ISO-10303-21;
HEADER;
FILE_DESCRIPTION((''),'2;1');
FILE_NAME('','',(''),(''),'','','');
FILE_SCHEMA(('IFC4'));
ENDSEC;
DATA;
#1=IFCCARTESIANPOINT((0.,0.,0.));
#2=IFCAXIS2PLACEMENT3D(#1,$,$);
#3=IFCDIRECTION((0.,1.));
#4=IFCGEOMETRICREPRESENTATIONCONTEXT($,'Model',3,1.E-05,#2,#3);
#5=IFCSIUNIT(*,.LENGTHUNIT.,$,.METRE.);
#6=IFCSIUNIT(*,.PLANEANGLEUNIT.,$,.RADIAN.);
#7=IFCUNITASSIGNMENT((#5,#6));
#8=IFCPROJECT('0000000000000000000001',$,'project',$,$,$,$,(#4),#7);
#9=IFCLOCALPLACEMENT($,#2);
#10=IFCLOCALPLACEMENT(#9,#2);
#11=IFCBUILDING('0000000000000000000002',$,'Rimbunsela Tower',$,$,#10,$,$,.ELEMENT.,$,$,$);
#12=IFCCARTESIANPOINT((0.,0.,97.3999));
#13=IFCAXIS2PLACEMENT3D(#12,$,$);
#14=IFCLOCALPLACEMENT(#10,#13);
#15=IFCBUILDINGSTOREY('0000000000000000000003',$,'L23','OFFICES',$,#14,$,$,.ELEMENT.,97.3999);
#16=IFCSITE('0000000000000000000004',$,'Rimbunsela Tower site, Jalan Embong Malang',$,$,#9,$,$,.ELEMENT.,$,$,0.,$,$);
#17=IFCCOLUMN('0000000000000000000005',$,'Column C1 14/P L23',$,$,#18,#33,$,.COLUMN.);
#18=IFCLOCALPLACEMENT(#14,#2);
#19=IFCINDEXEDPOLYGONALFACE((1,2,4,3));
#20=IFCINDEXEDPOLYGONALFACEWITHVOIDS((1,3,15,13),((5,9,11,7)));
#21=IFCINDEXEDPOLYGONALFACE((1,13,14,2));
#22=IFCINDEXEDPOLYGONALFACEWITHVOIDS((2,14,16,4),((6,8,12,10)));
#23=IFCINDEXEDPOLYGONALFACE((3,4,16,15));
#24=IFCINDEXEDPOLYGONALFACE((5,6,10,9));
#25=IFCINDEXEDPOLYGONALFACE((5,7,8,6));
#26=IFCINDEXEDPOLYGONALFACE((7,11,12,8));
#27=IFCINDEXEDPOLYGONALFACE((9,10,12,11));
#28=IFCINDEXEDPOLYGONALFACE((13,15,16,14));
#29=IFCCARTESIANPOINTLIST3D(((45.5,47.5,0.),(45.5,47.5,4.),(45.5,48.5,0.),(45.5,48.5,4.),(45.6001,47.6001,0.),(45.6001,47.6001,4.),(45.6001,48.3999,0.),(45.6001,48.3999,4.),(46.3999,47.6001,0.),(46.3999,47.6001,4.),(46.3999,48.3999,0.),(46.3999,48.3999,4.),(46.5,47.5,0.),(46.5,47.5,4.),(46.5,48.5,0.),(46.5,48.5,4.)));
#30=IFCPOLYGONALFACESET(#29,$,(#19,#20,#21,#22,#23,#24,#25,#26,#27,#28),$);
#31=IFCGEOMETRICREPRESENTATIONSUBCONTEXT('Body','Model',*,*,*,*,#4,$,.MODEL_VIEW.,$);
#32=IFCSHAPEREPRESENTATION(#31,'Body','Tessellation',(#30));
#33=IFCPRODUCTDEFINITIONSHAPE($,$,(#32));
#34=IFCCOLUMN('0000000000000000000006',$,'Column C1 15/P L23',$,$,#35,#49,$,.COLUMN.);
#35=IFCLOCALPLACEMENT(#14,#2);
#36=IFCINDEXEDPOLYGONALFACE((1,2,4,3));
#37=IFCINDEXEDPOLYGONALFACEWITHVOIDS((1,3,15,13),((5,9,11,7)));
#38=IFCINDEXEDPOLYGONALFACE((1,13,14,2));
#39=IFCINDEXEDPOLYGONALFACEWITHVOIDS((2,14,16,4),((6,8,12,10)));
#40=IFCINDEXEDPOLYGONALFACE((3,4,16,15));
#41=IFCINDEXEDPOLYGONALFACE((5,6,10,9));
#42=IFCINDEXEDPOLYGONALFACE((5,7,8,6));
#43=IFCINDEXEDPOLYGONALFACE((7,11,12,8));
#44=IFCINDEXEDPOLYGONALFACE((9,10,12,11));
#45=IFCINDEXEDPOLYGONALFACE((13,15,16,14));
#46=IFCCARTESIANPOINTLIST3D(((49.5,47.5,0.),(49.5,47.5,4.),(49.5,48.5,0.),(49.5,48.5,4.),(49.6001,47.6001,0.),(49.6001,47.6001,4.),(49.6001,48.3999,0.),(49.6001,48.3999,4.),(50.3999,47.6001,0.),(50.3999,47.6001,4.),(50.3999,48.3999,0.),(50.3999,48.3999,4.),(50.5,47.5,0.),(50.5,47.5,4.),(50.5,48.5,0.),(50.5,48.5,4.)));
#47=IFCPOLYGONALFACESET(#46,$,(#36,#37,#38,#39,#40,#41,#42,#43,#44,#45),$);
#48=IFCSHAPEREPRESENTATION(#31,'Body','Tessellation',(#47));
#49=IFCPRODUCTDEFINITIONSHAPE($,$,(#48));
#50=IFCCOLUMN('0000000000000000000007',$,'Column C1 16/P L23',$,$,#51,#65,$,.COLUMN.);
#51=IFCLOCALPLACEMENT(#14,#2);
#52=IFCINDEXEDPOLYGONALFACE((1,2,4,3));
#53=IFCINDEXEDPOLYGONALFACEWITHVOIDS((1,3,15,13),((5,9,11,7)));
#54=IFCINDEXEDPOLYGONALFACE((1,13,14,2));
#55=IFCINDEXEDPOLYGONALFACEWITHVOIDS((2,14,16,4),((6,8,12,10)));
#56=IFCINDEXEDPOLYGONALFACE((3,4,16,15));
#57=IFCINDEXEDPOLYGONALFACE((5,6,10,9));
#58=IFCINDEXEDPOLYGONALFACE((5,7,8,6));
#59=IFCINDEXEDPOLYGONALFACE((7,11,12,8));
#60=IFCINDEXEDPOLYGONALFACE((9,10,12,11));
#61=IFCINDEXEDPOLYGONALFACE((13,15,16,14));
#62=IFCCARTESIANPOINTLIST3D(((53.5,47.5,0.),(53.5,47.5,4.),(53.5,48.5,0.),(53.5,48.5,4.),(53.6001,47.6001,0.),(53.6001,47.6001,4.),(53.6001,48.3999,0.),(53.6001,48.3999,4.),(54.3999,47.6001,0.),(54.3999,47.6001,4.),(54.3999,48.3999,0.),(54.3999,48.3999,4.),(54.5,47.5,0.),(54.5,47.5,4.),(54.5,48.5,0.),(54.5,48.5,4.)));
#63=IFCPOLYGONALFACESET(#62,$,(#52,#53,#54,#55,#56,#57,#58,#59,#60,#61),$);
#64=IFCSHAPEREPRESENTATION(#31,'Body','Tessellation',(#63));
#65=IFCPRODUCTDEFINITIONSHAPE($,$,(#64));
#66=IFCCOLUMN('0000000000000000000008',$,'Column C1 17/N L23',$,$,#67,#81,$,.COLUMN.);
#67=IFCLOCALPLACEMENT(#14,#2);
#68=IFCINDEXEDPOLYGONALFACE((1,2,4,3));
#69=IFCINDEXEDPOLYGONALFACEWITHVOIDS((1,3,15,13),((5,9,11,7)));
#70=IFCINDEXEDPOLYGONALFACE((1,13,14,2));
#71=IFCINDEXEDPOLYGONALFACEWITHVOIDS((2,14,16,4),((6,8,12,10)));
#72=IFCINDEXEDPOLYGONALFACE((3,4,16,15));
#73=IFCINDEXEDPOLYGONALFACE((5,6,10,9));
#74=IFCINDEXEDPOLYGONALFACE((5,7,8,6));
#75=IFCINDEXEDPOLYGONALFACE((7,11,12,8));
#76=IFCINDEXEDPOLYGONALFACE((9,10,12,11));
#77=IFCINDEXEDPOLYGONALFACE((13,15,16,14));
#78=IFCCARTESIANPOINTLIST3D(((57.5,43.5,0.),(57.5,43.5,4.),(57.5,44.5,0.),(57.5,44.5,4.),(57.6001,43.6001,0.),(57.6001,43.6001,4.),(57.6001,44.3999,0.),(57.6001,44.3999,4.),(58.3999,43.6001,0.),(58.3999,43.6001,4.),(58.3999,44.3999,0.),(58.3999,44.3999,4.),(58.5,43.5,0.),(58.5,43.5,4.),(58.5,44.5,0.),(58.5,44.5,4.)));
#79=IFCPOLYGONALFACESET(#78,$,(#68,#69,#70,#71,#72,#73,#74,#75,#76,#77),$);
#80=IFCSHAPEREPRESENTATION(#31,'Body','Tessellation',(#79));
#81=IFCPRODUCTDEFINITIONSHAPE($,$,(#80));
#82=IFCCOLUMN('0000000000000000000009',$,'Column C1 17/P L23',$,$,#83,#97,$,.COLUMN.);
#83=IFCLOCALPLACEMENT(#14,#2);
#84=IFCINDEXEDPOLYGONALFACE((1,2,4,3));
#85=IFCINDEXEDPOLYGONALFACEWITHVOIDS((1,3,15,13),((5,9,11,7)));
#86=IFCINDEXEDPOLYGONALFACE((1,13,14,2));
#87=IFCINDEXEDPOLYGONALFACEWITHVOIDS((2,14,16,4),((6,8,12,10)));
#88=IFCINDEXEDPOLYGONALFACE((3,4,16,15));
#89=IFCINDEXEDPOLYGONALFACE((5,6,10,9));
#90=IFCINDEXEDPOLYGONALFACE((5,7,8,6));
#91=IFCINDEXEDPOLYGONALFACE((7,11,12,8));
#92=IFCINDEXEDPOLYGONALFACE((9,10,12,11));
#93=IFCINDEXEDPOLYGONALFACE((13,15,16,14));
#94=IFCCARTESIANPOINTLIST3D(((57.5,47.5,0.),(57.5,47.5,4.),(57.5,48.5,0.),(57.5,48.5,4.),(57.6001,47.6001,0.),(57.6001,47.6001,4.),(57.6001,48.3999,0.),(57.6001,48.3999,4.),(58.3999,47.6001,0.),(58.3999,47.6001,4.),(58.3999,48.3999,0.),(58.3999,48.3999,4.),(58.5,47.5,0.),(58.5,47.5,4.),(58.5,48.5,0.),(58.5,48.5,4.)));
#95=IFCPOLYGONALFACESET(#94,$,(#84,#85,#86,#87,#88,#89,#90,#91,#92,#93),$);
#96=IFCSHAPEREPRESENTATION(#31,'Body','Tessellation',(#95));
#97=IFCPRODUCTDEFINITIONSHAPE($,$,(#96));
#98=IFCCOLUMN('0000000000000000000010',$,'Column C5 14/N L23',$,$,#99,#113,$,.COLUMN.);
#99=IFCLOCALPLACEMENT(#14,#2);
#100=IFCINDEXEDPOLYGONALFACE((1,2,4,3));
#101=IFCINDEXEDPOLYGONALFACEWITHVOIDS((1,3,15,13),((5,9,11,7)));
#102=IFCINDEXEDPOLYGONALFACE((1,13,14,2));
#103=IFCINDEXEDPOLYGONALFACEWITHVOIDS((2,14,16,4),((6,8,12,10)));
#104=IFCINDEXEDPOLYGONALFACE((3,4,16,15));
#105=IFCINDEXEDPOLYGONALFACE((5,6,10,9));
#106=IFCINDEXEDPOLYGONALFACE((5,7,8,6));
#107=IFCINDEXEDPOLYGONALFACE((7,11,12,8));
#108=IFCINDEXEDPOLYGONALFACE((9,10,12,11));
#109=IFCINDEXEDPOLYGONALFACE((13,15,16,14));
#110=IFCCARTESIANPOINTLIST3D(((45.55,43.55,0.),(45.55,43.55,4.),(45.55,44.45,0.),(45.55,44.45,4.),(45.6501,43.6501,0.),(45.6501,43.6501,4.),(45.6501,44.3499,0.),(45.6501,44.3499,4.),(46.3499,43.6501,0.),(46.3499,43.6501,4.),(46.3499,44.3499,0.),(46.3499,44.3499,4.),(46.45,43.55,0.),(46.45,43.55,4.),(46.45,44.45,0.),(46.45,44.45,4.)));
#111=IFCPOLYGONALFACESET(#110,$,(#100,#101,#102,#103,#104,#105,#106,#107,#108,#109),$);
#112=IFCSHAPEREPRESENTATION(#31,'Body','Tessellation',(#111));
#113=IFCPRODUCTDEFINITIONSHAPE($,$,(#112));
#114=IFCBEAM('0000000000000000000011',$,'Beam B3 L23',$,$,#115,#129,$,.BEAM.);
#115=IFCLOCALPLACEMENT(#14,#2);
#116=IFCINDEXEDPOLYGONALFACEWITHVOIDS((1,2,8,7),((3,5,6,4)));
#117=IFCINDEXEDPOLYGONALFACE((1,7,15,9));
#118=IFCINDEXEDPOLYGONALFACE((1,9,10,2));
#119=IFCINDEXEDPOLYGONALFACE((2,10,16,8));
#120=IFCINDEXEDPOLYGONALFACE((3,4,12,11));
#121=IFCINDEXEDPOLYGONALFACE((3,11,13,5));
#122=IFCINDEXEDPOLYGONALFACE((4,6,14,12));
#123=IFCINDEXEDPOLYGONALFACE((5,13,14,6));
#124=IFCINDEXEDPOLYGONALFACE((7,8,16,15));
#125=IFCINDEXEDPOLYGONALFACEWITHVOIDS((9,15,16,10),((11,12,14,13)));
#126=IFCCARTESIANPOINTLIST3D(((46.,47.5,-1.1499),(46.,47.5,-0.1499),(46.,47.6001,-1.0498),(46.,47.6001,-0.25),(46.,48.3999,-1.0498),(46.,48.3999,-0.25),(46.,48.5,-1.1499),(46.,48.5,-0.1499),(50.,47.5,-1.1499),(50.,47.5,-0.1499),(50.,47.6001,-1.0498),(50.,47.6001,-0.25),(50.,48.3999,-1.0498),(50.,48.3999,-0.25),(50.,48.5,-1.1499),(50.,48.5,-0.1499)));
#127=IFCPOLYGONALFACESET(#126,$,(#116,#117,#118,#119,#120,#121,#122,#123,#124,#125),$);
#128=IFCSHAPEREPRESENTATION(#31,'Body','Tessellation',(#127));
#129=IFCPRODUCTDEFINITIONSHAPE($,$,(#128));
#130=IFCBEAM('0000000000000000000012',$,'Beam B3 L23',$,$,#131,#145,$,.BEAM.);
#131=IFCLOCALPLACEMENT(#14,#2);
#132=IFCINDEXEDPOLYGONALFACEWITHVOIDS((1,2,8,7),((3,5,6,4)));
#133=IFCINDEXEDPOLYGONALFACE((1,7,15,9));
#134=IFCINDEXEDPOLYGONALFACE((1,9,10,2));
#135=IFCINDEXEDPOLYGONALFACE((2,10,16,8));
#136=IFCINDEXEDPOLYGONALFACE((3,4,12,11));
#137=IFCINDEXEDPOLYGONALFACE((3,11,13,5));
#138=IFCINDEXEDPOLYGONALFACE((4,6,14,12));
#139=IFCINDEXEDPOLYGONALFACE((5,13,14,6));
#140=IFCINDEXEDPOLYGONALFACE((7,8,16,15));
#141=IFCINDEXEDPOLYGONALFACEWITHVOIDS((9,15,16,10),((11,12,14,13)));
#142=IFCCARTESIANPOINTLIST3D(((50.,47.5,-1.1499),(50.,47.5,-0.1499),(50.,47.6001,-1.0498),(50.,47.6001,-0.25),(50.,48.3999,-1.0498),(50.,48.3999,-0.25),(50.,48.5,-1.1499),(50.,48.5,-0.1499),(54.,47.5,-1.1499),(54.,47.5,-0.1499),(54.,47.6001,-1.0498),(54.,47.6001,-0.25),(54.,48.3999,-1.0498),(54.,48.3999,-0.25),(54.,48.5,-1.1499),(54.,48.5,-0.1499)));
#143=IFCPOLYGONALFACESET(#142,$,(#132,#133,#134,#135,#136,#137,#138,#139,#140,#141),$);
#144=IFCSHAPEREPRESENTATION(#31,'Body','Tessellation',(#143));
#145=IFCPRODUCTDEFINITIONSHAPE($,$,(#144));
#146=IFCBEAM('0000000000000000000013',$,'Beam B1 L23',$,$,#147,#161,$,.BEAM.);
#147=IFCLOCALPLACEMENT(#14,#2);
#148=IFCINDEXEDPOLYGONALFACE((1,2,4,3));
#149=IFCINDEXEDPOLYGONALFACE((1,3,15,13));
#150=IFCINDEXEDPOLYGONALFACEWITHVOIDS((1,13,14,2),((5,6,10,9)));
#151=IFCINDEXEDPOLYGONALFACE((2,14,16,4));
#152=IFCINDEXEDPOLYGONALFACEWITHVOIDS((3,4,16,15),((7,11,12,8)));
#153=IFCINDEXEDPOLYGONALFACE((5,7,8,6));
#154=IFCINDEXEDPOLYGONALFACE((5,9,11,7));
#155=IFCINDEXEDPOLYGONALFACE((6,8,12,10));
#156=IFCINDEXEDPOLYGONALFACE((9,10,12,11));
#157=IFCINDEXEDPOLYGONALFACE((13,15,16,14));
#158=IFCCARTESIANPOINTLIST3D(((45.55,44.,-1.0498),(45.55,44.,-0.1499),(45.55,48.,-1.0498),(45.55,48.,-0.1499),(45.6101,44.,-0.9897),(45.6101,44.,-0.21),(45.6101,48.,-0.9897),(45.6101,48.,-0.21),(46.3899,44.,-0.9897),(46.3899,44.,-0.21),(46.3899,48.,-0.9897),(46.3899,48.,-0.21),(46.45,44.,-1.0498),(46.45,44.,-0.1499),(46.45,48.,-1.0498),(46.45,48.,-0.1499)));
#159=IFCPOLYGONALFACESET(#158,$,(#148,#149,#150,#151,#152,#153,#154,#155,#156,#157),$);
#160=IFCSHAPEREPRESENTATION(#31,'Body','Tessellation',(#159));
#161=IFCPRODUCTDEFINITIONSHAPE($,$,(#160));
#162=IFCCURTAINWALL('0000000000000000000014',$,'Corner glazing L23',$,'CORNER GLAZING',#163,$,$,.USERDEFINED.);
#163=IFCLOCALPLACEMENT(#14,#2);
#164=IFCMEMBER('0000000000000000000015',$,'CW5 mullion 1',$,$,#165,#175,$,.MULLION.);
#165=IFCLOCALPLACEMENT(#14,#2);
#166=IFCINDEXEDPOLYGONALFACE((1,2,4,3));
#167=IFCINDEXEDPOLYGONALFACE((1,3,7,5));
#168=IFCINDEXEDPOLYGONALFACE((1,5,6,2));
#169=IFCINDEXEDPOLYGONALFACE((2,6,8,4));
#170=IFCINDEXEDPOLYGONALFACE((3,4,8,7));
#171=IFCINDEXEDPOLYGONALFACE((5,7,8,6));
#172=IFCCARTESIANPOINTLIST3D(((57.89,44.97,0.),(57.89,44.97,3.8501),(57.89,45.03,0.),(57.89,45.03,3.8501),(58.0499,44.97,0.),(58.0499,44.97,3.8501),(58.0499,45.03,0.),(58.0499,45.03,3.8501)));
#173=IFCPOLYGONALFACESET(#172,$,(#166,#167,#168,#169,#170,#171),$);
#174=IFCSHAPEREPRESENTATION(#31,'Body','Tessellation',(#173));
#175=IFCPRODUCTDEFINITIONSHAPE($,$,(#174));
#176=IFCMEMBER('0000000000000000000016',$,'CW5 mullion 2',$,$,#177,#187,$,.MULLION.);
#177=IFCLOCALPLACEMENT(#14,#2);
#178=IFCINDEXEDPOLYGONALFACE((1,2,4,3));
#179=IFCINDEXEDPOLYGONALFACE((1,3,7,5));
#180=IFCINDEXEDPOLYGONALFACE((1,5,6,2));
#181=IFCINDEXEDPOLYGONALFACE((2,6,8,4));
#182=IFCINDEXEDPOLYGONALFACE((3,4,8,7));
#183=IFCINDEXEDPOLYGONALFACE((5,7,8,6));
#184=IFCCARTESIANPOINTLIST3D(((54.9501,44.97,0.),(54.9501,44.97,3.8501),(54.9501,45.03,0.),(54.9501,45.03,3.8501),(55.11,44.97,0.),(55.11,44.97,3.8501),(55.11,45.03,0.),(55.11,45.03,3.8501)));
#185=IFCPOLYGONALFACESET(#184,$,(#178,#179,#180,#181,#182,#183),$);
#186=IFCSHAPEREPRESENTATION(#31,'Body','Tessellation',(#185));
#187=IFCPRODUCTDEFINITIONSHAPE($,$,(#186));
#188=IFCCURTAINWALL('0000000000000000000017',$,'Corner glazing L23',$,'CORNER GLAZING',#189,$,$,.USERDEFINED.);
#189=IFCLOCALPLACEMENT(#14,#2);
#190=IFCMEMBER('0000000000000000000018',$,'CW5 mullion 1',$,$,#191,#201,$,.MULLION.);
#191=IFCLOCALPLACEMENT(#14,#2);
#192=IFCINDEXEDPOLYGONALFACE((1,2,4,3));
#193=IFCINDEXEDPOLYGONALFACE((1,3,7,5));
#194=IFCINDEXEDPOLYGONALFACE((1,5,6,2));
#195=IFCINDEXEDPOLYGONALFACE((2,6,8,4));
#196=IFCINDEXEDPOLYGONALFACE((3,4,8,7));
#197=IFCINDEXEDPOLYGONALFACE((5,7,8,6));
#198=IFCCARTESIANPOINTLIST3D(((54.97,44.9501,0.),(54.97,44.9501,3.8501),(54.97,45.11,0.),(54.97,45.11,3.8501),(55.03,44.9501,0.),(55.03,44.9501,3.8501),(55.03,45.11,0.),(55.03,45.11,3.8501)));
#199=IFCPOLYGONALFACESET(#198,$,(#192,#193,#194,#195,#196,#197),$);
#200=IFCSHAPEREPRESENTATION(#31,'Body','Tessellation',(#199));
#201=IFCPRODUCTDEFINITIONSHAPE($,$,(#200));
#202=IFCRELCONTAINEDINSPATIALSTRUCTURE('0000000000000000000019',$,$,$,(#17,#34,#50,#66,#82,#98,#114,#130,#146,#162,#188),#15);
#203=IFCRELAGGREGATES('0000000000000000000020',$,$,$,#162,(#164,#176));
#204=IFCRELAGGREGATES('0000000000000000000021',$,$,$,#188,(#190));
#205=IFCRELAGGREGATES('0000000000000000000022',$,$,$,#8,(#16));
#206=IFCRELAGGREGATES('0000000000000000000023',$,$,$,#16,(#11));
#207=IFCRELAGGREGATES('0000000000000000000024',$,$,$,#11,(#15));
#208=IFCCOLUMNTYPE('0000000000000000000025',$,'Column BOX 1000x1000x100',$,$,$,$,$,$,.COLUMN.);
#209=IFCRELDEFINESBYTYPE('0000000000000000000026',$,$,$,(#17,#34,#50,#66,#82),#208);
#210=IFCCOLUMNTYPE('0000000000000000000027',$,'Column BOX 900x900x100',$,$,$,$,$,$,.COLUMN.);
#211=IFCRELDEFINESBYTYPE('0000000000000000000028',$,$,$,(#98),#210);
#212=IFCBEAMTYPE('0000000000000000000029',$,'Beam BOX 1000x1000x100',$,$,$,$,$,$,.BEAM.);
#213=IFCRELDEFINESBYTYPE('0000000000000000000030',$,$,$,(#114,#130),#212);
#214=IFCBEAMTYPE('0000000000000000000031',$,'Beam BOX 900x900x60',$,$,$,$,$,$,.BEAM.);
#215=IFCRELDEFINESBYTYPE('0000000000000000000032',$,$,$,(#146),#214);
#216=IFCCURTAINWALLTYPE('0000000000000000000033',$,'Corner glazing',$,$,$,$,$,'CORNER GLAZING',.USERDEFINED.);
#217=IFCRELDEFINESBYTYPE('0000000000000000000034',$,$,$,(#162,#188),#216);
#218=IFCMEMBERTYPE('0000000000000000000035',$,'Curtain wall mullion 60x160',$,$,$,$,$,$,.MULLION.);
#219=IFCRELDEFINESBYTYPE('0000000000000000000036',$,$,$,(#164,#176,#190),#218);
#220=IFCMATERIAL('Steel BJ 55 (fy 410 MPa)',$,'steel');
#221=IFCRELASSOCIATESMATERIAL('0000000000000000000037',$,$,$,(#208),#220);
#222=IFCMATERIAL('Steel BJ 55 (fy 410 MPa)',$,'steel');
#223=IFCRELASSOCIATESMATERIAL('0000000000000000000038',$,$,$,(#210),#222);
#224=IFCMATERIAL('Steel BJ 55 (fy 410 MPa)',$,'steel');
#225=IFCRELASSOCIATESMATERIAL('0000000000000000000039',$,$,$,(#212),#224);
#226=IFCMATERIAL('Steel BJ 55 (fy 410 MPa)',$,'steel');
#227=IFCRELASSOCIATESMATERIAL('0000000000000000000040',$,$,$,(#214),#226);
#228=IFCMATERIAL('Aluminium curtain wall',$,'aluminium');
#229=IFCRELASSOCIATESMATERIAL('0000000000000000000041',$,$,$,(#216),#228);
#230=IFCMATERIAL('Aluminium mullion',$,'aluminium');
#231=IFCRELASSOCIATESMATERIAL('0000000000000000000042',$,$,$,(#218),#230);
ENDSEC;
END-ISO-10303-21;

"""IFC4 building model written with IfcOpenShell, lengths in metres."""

from ifc_helpers import new_model, si_unit, direction, frame, origin, origin_2d, place, context, subcontext, project, spatial, rectangle, hollow_rectangle, extrude, material, material_profile, profile_set, type_object, element, aggregate, save


model = new_model("IFC4")

# Units and contexts
model_context = context("Model", 3, precision=1e-05, world=origin(), true_north=direction((0.0, 1.0)))
body_context = subcontext(model_context, "Body", "Model", "MODEL_VIEW")
ifc_project = project(units=[si_unit("LENGTHUNIT", "METRE"), si_unit("PLANEANGLEUNIT", "RADIAN")], contexts=[model_context])

# Site, building, storey
site_placement = place(None, origin())
site = spatial("IfcSite", under=ifc_project, at=site_placement, Name="Rimbunsela Tower site, Jalan Embong Malang", CompositionType="ELEMENT", RefElevation=0.0)
building_placement = place(site_placement, origin())
building = spatial("IfcBuilding", under=site, at=building_placement, Name="Rimbunsela Tower", CompositionType="ELEMENT")
storey_placement = place(building_placement, frame((0.0, 0.0, 97.3999)))
storey = spatial("IfcBuildingStorey", under=building, at=storey_placement, Name="L23", Description="OFFICES", CompositionType="ELEMENT", Elevation=97.3999)

# Columns
ifc_material_1 = material(Name="Steel BJ 55 (fy 410 MPa)", Category="steel")
ifc_material_profile_1 = material_profile(ifc_material_1, hollow_rectangle(XDim=1.0, YDim=1.0, WallThickness=0.1001, at=origin_2d()), Name="BOX 1000x1000x100")
ifc_profile_set_1 = profile_set([ifc_material_profile_1], Name="Steel BJ 55 (fy 410 MPa)")
column_type_1 = type_object("IfcColumnType", Name="Column BOX 1000x1000x100", PredefinedType="COLUMN", material=ifc_profile_set_1)
for number, where, z_axis, x_axis, name in (
    (1, (46.0, 48.0, 0.0), (0.0, 0.0, 1.0), (1.0, 0.0, 0.0), "Column C1 14/P L23"),
    (2, (50.0, 48.0, 0.0), (0.0, 0.0, 1.0), (1.0, 0.0, 0.0), "Column C1 15/P L23"),
    (3, (54.0, 48.0, 0.0), (0.0, 0.0, 1.0), (1.0, 0.0, 0.0), "Column C1 16/P L23"),
    (4, (58.0, 44.0, 0.0), (0.0, 0.0, 1.0), (1.0, 0.0, 0.0), "Column C1 17/N L23"),
    (5, (58.0, 48.0, 0.0), (0.0, 0.0, 1.0), (1.0, 0.0, 0.0), "Column C1 17/P L23"),
):
    element("IfcColumn", number, at=place(storey_placement, frame(where, z_axis=z_axis, x_axis=x_axis)), inside=storey, type_object=column_type_1, Name=name, PredefinedType="COLUMN", context=body_context, shape_type="SweptSolid", body=[
        extrude(hollow_rectangle(XDim=1.0, YDim=1.0, WallThickness=0.1001, at=origin_2d()), origin(), (0.0, 0.0, 1.0), 4.0),
    ])
ifc_material_2 = material(Name="Steel BJ 55 (fy 410 MPa)", Category="steel")
ifc_material_profile_2 = material_profile(ifc_material_2, hollow_rectangle(XDim=0.8999, YDim=0.8999, WallThickness=0.1001, at=origin_2d()), Name="BOX 900x900x100")
ifc_profile_set_2 = profile_set([ifc_material_profile_2], Name="Steel BJ 55 (fy 410 MPa)")
column_type_2 = type_object("IfcColumnType", Name="Column BOX 900x900x100", PredefinedType="COLUMN", material=ifc_profile_set_2)
column_placement = place(storey_placement, frame((46.0, 44.0, 0.0), z_axis=(0.0, 0.0, 1.0), x_axis=(1.0, 0.0, 0.0)))
element("IfcColumn", 6, at=column_placement, inside=storey, type_object=column_type_2, Name="Column C5 14/N L23", PredefinedType="COLUMN", context=body_context, shape_type="SweptSolid", body=[
    extrude(hollow_rectangle(XDim=0.8999, YDim=0.8999, WallThickness=0.1001, at=origin_2d()), origin(), (0.0, 0.0, 1.0), 4.0),
])

# Beams
ifc_material_3 = material(Name="Steel BJ 55 (fy 410 MPa)", Category="steel")
ifc_material_profile_3 = material_profile(ifc_material_3, hollow_rectangle(XDim=1.0, YDim=1.0, WallThickness=0.1001, at=origin_2d()), Name="BOX 1000x1000x100")
ifc_profile_set_3 = profile_set([ifc_material_profile_3], Name="Steel BJ 55 (fy 410 MPa)")
beam_type_1 = type_object("IfcBeamType", Name="Beam BOX 1000x1000x100", PredefinedType="BEAM", material=ifc_profile_set_3)
for number, where, z_axis, x_axis, name in (
    (7, (46.0, 48.0, -0.6499), (1.0, 0.0, 0.0), (0.0, 1.0, 0.0), "Beam B3 L23"),
    (8, (50.0, 48.0, -0.6499), (1.0, 0.0, 0.0), (0.0, 1.0, 0.0), "Beam B3 L23"),
):
    element("IfcBeam", number, at=place(storey_placement, frame(where, z_axis=z_axis, x_axis=x_axis)), inside=storey, type_object=beam_type_1, Name=name, PredefinedType="BEAM", context=body_context, shape_type="SweptSolid", body=[
        extrude(hollow_rectangle(XDim=1.0, YDim=1.0, WallThickness=0.1001, at=origin_2d()), origin(), (0.0, 0.0, 1.0), 4.0),
    ])
ifc_material_4 = material(Name="Steel BJ 55 (fy 410 MPa)", Category="steel")
ifc_material_profile_4 = material_profile(ifc_material_4, hollow_rectangle(XDim=0.8999, YDim=0.8999, WallThickness=0.0601, at=origin_2d()), Name="BOX 900x900x60")
ifc_profile_set_4 = profile_set([ifc_material_profile_4], Name="Steel BJ 55 (fy 410 MPa)")
beam_type_2 = type_object("IfcBeamType", Name="Beam BOX 900x900x60", PredefinedType="BEAM", material=ifc_profile_set_4)
beam_placement = place(storey_placement, frame((46.0, 44.0, -0.5999), z_axis=(0.0, 1.0, 0.0), x_axis=(-1.0, 0.0, 0.0)))
element("IfcBeam", 9, at=beam_placement, inside=storey, type_object=beam_type_2, Name="Beam B1 L23", PredefinedType="BEAM", context=body_context, shape_type="SweptSolid", body=[
    extrude(hollow_rectangle(XDim=0.8999, YDim=0.8999, WallThickness=0.0601, at=origin_2d()), origin(), (0.0, 0.0, 1.0), 4.0),
])

# Curtain walls, members
ifc_material_5 = material(Name="Aluminium curtain wall", Category="aluminium")
curtain_wall_type = type_object("IfcCurtainWallType", Name="Corner glazing", ElementType="CORNER GLAZING", PredefinedType="USERDEFINED", material=ifc_material_5)
curtain_wall_1_placement = place(storey_placement, origin())
curtain_wall_1 = element("IfcCurtainWall", 10, at=curtain_wall_1_placement, inside=storey, type_object=curtain_wall_type, Name="Corner glazing L23", ObjectType="CORNER GLAZING", PredefinedType="USERDEFINED")
ifc_material_6 = material(Name="Aluminium mullion", Category="aluminium")
ifc_material_profile_5 = material_profile(ifc_material_6, rectangle(XDim=0.0601, YDim=0.1599, at=origin_2d()), Name="Mullion 60x160")
ifc_profile_set_5 = profile_set([ifc_material_profile_5], Name="Aluminium mullion")
member_type_1 = type_object("IfcMemberType", Name="Curtain wall mullion 60x160", PredefinedType="MULLION", material=ifc_profile_set_5)
member_1_placement = place(storey_placement, frame((57.97, 45.0, 0.0), z_axis=(0.0, 0.0, 1.0), x_axis=(0.0, -1.0, 0.0)))
member_1 = element("IfcMember", 11, at=member_1_placement, type_object=member_type_1, Name="CW5 mullion 1", PredefinedType="MULLION", context=body_context, shape_type="SweptSolid", body=[
    extrude(rectangle(XDim=0.0601, YDim=0.1599, at=origin_2d()), origin(), (0.0, 0.0, 1.0), 3.8501),
])
member_2_placement = place(storey_placement, frame((55.03, 45.0, 0.0), z_axis=(0.0, 0.0, 1.0), x_axis=(0.0, -1.0, 0.0)))
member_2 = element("IfcMember", 12, at=member_2_placement, type_object=member_type_1, Name="CW5 mullion 2", PredefinedType="MULLION", context=body_context, shape_type="SweptSolid", body=[
    extrude(rectangle(XDim=0.0601, YDim=0.1599, at=origin_2d()), origin(), (0.0, 0.0, 1.0), 3.8501),
])
curtain_wall_2_placement = place(storey_placement, origin())
curtain_wall_2 = element("IfcCurtainWall", 13, at=curtain_wall_2_placement, inside=storey, type_object=curtain_wall_type, Name="Corner glazing L23", ObjectType="CORNER GLAZING", PredefinedType="USERDEFINED")
member_3_placement = place(storey_placement, frame((55.0, 45.03, 0.0), z_axis=(0.0, 0.0, 1.0), x_axis=(-1.0, 0.0, 0.0)))
member_3 = element("IfcMember", 14, at=member_3_placement, type_object=member_type_1, Name="CW5 mullion 1", PredefinedType="MULLION", context=body_context, shape_type="SweptSolid", body=[
    extrude(rectangle(XDim=0.0601, YDim=0.1599, at=origin_2d()), origin(), (0.0, 0.0, 1.0), 3.8501),
])

aggregate(curtain_wall_1, [member_1, member_2])
aggregate(curtain_wall_2, [member_3])

save(model, "model.ifc")
